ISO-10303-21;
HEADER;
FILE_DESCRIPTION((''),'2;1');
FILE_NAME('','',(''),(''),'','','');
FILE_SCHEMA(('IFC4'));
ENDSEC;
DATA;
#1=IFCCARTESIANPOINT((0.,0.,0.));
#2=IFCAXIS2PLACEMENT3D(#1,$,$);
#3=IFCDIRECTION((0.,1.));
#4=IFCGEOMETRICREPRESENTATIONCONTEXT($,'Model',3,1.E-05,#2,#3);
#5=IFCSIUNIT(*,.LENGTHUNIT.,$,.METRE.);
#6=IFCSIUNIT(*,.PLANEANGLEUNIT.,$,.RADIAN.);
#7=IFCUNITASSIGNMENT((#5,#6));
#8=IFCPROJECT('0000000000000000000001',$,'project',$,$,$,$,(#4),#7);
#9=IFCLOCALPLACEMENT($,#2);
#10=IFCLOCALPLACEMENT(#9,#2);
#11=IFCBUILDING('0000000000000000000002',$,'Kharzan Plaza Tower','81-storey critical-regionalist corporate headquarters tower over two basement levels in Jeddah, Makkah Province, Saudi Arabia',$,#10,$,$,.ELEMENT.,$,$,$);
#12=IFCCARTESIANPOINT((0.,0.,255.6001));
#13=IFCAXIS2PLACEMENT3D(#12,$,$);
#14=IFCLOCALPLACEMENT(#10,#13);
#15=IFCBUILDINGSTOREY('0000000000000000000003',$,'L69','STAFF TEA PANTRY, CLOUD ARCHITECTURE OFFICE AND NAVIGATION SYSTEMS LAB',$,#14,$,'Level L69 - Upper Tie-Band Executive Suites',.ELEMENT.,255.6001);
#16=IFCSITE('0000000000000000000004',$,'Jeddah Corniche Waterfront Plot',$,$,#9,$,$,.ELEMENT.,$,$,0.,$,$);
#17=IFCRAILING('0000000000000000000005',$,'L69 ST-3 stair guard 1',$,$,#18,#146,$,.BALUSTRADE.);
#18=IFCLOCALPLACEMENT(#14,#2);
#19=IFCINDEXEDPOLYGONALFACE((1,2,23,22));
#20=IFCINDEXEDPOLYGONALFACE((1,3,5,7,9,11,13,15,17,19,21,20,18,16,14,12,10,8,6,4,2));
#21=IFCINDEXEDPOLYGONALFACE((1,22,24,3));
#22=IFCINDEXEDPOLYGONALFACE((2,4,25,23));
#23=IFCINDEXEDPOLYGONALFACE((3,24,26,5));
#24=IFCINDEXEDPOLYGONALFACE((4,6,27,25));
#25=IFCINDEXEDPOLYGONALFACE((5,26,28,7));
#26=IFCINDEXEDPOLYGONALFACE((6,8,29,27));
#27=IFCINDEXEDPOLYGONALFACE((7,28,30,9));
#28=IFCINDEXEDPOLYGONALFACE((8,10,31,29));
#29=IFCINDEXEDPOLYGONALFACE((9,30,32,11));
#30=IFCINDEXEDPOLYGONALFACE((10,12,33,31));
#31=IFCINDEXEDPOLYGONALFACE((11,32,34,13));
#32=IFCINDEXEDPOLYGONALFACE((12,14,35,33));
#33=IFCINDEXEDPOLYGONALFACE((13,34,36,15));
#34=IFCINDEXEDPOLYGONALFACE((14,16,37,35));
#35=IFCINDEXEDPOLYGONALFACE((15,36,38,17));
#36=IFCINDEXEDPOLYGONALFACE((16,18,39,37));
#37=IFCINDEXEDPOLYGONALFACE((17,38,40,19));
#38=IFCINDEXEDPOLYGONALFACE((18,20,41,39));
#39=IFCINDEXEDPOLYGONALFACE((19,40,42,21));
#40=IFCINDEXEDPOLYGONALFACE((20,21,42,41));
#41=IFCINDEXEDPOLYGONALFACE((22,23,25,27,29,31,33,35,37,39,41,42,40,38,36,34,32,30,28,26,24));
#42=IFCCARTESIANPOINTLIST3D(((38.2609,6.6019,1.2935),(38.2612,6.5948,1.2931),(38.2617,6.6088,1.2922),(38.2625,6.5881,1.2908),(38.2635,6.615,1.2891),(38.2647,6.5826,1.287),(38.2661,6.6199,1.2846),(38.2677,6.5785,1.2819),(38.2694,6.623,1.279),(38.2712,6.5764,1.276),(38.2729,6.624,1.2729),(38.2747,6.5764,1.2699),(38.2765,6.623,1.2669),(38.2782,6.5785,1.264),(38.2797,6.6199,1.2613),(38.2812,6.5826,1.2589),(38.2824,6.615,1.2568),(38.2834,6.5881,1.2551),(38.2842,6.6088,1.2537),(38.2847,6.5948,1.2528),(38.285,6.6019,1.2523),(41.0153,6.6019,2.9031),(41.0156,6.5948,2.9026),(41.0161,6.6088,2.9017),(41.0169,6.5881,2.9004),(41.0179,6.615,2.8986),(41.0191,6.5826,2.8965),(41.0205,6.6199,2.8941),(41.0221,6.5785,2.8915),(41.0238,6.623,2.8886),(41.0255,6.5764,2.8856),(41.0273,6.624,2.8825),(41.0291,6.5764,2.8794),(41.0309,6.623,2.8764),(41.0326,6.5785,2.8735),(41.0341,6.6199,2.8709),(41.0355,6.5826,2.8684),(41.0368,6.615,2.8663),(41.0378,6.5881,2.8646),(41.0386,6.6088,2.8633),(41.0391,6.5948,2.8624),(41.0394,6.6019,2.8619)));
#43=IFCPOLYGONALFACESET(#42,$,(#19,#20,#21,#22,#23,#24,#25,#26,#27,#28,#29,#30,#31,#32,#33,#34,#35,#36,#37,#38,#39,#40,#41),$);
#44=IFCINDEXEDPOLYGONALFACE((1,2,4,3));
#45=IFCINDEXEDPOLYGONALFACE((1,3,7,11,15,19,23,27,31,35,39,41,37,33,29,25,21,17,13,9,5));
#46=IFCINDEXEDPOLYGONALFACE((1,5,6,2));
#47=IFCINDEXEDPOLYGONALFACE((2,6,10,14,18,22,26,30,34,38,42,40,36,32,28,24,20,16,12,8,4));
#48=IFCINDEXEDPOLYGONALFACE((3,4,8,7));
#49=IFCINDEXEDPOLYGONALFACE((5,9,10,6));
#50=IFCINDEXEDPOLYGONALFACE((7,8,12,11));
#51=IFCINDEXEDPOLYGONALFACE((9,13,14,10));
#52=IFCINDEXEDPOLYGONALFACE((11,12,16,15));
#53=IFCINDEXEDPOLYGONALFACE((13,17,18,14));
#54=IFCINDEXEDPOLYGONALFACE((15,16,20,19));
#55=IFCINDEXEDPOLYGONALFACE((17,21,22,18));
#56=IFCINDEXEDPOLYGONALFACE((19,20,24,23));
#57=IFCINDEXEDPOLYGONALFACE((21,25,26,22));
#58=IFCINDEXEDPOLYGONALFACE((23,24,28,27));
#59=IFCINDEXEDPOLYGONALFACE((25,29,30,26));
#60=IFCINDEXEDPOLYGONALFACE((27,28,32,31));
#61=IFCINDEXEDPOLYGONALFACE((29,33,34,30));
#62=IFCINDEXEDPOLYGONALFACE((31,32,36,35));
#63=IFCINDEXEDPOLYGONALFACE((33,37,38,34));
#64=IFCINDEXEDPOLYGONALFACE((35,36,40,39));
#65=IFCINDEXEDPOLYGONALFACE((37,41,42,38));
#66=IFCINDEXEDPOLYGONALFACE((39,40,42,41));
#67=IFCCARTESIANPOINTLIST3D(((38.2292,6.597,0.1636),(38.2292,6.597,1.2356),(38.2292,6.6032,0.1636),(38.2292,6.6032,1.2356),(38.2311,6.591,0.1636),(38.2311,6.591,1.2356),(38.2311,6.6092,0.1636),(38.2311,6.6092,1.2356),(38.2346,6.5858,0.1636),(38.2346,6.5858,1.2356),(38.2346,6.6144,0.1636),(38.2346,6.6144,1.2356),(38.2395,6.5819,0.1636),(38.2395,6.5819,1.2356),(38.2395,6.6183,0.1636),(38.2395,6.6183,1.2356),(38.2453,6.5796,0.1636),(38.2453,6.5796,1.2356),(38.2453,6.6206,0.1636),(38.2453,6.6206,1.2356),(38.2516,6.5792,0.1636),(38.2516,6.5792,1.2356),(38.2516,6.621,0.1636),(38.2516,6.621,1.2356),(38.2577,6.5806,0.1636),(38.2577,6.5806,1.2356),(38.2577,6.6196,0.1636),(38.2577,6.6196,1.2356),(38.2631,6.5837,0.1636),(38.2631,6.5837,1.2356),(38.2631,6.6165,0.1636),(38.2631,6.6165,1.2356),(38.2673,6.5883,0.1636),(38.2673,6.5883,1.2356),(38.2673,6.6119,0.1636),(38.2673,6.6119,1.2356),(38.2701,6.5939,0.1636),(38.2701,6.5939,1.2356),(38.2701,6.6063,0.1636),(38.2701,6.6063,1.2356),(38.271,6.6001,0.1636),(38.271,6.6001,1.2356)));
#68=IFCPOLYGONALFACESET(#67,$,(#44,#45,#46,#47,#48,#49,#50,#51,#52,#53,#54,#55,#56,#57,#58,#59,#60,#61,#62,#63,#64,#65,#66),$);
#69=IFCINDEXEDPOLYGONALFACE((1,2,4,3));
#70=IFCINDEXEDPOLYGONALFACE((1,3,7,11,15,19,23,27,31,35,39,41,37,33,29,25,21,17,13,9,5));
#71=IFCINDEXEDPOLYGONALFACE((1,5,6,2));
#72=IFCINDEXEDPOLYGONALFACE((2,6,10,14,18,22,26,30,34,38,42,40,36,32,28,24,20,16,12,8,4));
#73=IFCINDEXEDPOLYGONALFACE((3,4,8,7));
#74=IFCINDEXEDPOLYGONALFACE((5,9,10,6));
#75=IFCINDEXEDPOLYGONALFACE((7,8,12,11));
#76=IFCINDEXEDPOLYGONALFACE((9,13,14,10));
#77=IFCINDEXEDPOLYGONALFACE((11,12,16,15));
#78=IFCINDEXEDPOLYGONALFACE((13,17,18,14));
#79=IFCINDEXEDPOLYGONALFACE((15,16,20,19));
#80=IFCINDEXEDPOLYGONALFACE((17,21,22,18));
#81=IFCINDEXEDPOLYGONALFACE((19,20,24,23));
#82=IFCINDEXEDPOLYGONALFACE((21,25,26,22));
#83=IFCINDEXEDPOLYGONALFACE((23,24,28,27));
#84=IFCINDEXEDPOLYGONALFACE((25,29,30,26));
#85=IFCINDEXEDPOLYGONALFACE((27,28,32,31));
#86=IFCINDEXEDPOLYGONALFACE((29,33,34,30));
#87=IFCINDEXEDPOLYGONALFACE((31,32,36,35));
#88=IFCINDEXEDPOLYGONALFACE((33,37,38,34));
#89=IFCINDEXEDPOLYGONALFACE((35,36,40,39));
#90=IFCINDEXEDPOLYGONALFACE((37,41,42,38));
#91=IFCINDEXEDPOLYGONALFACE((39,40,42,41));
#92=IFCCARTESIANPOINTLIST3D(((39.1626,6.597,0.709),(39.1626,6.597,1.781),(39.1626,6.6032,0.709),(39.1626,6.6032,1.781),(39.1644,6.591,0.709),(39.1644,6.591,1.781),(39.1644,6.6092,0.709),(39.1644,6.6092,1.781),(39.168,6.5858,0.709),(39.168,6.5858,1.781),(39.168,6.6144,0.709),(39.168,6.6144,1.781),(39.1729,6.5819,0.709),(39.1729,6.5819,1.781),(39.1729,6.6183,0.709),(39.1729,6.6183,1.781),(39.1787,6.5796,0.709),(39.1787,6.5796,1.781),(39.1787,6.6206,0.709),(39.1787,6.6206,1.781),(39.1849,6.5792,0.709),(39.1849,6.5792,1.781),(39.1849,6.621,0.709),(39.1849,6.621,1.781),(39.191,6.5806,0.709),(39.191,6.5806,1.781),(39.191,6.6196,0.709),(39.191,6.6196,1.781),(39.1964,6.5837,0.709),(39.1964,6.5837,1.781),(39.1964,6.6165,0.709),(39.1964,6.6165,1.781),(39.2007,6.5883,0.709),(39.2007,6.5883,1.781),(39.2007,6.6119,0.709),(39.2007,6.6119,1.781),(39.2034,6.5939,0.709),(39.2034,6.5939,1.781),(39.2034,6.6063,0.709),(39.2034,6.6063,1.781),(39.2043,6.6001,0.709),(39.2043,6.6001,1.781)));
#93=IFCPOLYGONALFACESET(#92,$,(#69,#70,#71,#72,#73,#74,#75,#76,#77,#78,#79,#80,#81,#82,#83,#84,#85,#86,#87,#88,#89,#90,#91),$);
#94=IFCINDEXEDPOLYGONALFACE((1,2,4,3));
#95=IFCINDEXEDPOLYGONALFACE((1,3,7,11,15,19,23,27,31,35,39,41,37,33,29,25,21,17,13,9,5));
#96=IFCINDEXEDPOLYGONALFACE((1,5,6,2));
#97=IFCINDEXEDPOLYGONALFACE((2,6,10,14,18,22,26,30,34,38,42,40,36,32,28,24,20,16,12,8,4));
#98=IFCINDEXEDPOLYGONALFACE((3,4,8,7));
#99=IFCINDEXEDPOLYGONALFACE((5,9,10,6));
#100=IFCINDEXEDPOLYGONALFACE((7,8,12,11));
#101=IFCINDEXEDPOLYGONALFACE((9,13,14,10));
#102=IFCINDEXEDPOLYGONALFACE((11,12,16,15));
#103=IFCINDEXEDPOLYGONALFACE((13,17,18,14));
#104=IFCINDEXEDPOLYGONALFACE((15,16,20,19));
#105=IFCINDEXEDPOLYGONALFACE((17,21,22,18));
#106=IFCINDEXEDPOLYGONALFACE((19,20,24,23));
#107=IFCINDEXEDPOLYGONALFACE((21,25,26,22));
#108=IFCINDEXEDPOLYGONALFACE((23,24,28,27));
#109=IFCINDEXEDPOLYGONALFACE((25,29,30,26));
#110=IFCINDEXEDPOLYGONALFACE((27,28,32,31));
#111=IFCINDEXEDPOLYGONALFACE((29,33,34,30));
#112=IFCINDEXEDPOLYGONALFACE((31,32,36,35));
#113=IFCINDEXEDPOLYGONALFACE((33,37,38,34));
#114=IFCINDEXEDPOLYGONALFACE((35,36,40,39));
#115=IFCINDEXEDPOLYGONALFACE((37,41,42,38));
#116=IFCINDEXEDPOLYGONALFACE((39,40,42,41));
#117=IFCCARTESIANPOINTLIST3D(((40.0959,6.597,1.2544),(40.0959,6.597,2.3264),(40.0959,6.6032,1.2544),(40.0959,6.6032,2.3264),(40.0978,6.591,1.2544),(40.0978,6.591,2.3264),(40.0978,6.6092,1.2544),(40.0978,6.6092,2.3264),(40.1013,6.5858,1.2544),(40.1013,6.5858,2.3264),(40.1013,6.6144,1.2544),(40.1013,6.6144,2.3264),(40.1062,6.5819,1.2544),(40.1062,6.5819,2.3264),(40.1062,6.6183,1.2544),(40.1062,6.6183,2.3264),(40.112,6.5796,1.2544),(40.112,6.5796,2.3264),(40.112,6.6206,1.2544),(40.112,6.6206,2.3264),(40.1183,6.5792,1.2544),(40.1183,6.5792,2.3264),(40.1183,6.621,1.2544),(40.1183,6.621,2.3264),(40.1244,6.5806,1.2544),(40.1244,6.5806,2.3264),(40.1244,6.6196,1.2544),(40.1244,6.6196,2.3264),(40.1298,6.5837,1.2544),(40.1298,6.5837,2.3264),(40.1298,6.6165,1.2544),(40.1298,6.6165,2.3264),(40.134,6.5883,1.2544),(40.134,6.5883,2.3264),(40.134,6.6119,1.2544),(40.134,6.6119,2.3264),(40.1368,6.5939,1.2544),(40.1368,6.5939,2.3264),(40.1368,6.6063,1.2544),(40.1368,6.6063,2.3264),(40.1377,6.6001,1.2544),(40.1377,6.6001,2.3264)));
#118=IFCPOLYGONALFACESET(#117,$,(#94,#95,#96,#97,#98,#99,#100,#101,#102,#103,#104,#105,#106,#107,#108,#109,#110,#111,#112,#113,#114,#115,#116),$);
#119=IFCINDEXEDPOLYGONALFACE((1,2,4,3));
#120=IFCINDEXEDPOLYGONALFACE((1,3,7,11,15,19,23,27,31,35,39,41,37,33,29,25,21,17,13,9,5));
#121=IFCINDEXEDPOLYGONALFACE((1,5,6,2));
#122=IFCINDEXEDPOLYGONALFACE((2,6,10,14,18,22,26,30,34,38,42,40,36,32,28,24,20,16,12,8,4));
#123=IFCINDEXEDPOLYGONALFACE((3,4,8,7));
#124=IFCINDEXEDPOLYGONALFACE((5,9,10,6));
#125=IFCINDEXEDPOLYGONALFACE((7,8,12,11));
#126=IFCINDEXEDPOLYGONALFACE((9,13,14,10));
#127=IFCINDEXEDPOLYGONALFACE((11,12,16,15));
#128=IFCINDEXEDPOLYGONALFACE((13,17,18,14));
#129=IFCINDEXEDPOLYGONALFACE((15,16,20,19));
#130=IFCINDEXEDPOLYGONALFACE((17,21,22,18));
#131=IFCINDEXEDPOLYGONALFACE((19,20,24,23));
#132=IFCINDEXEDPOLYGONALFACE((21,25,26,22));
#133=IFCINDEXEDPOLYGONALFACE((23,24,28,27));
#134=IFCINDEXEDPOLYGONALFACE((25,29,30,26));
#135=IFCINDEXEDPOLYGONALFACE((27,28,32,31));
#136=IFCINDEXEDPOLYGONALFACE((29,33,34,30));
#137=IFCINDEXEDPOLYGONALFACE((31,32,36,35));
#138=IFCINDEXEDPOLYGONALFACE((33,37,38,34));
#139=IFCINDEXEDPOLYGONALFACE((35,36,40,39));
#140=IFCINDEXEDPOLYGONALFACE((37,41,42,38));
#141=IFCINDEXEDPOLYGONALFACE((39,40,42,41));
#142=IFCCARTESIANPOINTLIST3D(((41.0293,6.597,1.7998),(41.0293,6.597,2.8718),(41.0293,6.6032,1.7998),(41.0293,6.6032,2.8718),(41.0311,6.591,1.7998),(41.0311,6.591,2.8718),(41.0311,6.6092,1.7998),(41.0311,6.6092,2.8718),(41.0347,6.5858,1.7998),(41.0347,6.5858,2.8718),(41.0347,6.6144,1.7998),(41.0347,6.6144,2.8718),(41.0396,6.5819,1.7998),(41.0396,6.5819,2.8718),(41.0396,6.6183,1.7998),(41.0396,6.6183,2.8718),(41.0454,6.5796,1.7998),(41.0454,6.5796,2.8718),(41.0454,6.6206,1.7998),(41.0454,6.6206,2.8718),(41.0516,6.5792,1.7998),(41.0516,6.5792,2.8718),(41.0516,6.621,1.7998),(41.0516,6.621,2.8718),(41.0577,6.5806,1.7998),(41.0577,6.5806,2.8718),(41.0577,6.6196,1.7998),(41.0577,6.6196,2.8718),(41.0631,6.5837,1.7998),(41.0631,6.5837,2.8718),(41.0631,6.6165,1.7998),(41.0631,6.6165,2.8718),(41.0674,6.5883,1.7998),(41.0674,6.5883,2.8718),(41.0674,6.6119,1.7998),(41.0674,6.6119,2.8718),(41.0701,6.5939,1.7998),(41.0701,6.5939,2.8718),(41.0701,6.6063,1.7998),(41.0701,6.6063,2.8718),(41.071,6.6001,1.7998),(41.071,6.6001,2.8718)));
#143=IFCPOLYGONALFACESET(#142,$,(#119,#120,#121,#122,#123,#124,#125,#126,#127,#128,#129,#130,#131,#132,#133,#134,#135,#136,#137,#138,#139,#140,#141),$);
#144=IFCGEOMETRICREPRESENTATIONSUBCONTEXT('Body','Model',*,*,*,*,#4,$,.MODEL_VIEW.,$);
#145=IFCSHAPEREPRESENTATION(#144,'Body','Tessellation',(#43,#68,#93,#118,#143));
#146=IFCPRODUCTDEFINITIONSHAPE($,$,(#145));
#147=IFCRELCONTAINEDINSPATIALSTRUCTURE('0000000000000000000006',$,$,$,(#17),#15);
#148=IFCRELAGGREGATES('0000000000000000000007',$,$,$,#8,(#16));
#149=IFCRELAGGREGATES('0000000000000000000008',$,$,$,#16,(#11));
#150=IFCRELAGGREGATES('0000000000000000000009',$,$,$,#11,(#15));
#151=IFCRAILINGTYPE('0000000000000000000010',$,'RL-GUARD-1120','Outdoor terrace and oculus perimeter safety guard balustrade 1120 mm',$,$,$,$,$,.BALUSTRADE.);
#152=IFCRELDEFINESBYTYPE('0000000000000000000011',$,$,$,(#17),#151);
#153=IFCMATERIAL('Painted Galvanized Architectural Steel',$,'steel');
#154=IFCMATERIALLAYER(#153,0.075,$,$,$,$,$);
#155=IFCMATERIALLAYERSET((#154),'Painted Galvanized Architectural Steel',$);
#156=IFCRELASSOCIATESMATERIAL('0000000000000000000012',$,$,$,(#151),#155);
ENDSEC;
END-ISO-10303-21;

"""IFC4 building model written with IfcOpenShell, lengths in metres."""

from ifc_helpers import new_model, si_unit, direction, frame, origin, origin_2d, place, context, subcontext, project, spatial, circle, extrude, source, transform, mapped, material, layer, layer_set, type_object, element, save


model = new_model("IFC4")

# Units and contexts
model_context = context("Model", 3, precision=1e-05, world=origin(), true_north=direction((0.0, 1.0)))
body_context = subcontext(model_context, "Body", "Model", "MODEL_VIEW")
ifc_project = project(units=[si_unit("LENGTHUNIT", "METRE"), si_unit("PLANEANGLEUNIT", "RADIAN")], contexts=[model_context])

# Site, building, storey
site_placement = place(None, origin())
site = spatial("IfcSite", under=ifc_project, at=site_placement, Name="Jeddah Corniche Waterfront Plot", CompositionType="ELEMENT", RefElevation=0.0)
building_placement = place(site_placement, origin())
building = spatial("IfcBuilding", under=site, at=building_placement, Name="Kharzan Plaza Tower", Description="81-storey critical-regionalist corporate headquarters tower over two basement levels in Jeddah, Makkah Province, Saudi Arabia", CompositionType="ELEMENT")
storey_placement = place(building_placement, frame((0.0, 0.0, 255.6001)))
storey = spatial("IfcBuildingStorey", under=building, at=storey_placement, Name="L69", Description="STAFF TEA PANTRY, CLOUD ARCHITECTURE OFFICE AND NAVIGATION SYSTEMS LAB", LongName="Level L69 - Upper Tie-Band Executive Suites", CompositionType="ELEMENT", Elevation=255.6001)

# Railing
ifc_material_1 = material(Name="Painted Galvanized Architectural Steel", Category="steel")
ifc_layer_1 = layer(ifc_material_1, 0.075)
ifc_layer_set_1 = layer_set([ifc_layer_1], Name="Painted Galvanized Architectural Steel")
railing_type_1 = type_object("IfcRailingType", Name="RL-GUARD-1120", Description="Outdoor terrace and oculus perimeter safety guard balustrade 1120 mm", PredefinedType="BALUSTRADE", material=ifc_layer_set_1)
shared_shape_1 = source(origin(), body_context, "Body", "SweptSolid", [
    extrude(circle(Radius=0.0239, at=origin_2d()), frame((0.0229, 0.0, 1.1094), z_axis=(0.863394, 0.0, 0.504531), x_axis=(0.0, 1.0, 0.0)), (0.0, 0.0, 1.0), 3.1902),
    extrude(circle(Radius=0.021, at=origin_2d()), origin(), (0.0, 0.0, 1.0), 1.072),
    extrude(circle(Radius=0.021, at=origin_2d()), frame((0.9333, 0.0, 0.5454)), (0.0, 0.0, 1.0), 1.072),
    extrude(circle(Radius=0.021, at=origin_2d()), frame((1.8667, 0.0, 1.0908)), (0.0, 0.0, 1.0), 1.072),
    extrude(circle(Radius=0.021, at=origin_2d()), frame((2.8, 0.0, 1.6362)), (0.0, 0.0, 1.0), 1.072),
])
railing_1_placement = place(storey_placement, frame((38.25, 6.6001, 0.1636)))
element("IfcRailing", 1, at=railing_1_placement, inside=storey, type_object=railing_type_1, Name="L69 ST-3 stair guard 1", PredefinedType="BALUSTRADE", context=body_context, shape_type="MappedRepresentation", body=[
    mapped(shared_shape_1, transform((0.0, 0.0, 0.0), x_axis=(1.0, 0.0, 0.0), y_axis=(0.0, 1.0, 0.0), z_axis=(0.0, 0.0, 1.0))),
])

save(model, "model.ifc")
